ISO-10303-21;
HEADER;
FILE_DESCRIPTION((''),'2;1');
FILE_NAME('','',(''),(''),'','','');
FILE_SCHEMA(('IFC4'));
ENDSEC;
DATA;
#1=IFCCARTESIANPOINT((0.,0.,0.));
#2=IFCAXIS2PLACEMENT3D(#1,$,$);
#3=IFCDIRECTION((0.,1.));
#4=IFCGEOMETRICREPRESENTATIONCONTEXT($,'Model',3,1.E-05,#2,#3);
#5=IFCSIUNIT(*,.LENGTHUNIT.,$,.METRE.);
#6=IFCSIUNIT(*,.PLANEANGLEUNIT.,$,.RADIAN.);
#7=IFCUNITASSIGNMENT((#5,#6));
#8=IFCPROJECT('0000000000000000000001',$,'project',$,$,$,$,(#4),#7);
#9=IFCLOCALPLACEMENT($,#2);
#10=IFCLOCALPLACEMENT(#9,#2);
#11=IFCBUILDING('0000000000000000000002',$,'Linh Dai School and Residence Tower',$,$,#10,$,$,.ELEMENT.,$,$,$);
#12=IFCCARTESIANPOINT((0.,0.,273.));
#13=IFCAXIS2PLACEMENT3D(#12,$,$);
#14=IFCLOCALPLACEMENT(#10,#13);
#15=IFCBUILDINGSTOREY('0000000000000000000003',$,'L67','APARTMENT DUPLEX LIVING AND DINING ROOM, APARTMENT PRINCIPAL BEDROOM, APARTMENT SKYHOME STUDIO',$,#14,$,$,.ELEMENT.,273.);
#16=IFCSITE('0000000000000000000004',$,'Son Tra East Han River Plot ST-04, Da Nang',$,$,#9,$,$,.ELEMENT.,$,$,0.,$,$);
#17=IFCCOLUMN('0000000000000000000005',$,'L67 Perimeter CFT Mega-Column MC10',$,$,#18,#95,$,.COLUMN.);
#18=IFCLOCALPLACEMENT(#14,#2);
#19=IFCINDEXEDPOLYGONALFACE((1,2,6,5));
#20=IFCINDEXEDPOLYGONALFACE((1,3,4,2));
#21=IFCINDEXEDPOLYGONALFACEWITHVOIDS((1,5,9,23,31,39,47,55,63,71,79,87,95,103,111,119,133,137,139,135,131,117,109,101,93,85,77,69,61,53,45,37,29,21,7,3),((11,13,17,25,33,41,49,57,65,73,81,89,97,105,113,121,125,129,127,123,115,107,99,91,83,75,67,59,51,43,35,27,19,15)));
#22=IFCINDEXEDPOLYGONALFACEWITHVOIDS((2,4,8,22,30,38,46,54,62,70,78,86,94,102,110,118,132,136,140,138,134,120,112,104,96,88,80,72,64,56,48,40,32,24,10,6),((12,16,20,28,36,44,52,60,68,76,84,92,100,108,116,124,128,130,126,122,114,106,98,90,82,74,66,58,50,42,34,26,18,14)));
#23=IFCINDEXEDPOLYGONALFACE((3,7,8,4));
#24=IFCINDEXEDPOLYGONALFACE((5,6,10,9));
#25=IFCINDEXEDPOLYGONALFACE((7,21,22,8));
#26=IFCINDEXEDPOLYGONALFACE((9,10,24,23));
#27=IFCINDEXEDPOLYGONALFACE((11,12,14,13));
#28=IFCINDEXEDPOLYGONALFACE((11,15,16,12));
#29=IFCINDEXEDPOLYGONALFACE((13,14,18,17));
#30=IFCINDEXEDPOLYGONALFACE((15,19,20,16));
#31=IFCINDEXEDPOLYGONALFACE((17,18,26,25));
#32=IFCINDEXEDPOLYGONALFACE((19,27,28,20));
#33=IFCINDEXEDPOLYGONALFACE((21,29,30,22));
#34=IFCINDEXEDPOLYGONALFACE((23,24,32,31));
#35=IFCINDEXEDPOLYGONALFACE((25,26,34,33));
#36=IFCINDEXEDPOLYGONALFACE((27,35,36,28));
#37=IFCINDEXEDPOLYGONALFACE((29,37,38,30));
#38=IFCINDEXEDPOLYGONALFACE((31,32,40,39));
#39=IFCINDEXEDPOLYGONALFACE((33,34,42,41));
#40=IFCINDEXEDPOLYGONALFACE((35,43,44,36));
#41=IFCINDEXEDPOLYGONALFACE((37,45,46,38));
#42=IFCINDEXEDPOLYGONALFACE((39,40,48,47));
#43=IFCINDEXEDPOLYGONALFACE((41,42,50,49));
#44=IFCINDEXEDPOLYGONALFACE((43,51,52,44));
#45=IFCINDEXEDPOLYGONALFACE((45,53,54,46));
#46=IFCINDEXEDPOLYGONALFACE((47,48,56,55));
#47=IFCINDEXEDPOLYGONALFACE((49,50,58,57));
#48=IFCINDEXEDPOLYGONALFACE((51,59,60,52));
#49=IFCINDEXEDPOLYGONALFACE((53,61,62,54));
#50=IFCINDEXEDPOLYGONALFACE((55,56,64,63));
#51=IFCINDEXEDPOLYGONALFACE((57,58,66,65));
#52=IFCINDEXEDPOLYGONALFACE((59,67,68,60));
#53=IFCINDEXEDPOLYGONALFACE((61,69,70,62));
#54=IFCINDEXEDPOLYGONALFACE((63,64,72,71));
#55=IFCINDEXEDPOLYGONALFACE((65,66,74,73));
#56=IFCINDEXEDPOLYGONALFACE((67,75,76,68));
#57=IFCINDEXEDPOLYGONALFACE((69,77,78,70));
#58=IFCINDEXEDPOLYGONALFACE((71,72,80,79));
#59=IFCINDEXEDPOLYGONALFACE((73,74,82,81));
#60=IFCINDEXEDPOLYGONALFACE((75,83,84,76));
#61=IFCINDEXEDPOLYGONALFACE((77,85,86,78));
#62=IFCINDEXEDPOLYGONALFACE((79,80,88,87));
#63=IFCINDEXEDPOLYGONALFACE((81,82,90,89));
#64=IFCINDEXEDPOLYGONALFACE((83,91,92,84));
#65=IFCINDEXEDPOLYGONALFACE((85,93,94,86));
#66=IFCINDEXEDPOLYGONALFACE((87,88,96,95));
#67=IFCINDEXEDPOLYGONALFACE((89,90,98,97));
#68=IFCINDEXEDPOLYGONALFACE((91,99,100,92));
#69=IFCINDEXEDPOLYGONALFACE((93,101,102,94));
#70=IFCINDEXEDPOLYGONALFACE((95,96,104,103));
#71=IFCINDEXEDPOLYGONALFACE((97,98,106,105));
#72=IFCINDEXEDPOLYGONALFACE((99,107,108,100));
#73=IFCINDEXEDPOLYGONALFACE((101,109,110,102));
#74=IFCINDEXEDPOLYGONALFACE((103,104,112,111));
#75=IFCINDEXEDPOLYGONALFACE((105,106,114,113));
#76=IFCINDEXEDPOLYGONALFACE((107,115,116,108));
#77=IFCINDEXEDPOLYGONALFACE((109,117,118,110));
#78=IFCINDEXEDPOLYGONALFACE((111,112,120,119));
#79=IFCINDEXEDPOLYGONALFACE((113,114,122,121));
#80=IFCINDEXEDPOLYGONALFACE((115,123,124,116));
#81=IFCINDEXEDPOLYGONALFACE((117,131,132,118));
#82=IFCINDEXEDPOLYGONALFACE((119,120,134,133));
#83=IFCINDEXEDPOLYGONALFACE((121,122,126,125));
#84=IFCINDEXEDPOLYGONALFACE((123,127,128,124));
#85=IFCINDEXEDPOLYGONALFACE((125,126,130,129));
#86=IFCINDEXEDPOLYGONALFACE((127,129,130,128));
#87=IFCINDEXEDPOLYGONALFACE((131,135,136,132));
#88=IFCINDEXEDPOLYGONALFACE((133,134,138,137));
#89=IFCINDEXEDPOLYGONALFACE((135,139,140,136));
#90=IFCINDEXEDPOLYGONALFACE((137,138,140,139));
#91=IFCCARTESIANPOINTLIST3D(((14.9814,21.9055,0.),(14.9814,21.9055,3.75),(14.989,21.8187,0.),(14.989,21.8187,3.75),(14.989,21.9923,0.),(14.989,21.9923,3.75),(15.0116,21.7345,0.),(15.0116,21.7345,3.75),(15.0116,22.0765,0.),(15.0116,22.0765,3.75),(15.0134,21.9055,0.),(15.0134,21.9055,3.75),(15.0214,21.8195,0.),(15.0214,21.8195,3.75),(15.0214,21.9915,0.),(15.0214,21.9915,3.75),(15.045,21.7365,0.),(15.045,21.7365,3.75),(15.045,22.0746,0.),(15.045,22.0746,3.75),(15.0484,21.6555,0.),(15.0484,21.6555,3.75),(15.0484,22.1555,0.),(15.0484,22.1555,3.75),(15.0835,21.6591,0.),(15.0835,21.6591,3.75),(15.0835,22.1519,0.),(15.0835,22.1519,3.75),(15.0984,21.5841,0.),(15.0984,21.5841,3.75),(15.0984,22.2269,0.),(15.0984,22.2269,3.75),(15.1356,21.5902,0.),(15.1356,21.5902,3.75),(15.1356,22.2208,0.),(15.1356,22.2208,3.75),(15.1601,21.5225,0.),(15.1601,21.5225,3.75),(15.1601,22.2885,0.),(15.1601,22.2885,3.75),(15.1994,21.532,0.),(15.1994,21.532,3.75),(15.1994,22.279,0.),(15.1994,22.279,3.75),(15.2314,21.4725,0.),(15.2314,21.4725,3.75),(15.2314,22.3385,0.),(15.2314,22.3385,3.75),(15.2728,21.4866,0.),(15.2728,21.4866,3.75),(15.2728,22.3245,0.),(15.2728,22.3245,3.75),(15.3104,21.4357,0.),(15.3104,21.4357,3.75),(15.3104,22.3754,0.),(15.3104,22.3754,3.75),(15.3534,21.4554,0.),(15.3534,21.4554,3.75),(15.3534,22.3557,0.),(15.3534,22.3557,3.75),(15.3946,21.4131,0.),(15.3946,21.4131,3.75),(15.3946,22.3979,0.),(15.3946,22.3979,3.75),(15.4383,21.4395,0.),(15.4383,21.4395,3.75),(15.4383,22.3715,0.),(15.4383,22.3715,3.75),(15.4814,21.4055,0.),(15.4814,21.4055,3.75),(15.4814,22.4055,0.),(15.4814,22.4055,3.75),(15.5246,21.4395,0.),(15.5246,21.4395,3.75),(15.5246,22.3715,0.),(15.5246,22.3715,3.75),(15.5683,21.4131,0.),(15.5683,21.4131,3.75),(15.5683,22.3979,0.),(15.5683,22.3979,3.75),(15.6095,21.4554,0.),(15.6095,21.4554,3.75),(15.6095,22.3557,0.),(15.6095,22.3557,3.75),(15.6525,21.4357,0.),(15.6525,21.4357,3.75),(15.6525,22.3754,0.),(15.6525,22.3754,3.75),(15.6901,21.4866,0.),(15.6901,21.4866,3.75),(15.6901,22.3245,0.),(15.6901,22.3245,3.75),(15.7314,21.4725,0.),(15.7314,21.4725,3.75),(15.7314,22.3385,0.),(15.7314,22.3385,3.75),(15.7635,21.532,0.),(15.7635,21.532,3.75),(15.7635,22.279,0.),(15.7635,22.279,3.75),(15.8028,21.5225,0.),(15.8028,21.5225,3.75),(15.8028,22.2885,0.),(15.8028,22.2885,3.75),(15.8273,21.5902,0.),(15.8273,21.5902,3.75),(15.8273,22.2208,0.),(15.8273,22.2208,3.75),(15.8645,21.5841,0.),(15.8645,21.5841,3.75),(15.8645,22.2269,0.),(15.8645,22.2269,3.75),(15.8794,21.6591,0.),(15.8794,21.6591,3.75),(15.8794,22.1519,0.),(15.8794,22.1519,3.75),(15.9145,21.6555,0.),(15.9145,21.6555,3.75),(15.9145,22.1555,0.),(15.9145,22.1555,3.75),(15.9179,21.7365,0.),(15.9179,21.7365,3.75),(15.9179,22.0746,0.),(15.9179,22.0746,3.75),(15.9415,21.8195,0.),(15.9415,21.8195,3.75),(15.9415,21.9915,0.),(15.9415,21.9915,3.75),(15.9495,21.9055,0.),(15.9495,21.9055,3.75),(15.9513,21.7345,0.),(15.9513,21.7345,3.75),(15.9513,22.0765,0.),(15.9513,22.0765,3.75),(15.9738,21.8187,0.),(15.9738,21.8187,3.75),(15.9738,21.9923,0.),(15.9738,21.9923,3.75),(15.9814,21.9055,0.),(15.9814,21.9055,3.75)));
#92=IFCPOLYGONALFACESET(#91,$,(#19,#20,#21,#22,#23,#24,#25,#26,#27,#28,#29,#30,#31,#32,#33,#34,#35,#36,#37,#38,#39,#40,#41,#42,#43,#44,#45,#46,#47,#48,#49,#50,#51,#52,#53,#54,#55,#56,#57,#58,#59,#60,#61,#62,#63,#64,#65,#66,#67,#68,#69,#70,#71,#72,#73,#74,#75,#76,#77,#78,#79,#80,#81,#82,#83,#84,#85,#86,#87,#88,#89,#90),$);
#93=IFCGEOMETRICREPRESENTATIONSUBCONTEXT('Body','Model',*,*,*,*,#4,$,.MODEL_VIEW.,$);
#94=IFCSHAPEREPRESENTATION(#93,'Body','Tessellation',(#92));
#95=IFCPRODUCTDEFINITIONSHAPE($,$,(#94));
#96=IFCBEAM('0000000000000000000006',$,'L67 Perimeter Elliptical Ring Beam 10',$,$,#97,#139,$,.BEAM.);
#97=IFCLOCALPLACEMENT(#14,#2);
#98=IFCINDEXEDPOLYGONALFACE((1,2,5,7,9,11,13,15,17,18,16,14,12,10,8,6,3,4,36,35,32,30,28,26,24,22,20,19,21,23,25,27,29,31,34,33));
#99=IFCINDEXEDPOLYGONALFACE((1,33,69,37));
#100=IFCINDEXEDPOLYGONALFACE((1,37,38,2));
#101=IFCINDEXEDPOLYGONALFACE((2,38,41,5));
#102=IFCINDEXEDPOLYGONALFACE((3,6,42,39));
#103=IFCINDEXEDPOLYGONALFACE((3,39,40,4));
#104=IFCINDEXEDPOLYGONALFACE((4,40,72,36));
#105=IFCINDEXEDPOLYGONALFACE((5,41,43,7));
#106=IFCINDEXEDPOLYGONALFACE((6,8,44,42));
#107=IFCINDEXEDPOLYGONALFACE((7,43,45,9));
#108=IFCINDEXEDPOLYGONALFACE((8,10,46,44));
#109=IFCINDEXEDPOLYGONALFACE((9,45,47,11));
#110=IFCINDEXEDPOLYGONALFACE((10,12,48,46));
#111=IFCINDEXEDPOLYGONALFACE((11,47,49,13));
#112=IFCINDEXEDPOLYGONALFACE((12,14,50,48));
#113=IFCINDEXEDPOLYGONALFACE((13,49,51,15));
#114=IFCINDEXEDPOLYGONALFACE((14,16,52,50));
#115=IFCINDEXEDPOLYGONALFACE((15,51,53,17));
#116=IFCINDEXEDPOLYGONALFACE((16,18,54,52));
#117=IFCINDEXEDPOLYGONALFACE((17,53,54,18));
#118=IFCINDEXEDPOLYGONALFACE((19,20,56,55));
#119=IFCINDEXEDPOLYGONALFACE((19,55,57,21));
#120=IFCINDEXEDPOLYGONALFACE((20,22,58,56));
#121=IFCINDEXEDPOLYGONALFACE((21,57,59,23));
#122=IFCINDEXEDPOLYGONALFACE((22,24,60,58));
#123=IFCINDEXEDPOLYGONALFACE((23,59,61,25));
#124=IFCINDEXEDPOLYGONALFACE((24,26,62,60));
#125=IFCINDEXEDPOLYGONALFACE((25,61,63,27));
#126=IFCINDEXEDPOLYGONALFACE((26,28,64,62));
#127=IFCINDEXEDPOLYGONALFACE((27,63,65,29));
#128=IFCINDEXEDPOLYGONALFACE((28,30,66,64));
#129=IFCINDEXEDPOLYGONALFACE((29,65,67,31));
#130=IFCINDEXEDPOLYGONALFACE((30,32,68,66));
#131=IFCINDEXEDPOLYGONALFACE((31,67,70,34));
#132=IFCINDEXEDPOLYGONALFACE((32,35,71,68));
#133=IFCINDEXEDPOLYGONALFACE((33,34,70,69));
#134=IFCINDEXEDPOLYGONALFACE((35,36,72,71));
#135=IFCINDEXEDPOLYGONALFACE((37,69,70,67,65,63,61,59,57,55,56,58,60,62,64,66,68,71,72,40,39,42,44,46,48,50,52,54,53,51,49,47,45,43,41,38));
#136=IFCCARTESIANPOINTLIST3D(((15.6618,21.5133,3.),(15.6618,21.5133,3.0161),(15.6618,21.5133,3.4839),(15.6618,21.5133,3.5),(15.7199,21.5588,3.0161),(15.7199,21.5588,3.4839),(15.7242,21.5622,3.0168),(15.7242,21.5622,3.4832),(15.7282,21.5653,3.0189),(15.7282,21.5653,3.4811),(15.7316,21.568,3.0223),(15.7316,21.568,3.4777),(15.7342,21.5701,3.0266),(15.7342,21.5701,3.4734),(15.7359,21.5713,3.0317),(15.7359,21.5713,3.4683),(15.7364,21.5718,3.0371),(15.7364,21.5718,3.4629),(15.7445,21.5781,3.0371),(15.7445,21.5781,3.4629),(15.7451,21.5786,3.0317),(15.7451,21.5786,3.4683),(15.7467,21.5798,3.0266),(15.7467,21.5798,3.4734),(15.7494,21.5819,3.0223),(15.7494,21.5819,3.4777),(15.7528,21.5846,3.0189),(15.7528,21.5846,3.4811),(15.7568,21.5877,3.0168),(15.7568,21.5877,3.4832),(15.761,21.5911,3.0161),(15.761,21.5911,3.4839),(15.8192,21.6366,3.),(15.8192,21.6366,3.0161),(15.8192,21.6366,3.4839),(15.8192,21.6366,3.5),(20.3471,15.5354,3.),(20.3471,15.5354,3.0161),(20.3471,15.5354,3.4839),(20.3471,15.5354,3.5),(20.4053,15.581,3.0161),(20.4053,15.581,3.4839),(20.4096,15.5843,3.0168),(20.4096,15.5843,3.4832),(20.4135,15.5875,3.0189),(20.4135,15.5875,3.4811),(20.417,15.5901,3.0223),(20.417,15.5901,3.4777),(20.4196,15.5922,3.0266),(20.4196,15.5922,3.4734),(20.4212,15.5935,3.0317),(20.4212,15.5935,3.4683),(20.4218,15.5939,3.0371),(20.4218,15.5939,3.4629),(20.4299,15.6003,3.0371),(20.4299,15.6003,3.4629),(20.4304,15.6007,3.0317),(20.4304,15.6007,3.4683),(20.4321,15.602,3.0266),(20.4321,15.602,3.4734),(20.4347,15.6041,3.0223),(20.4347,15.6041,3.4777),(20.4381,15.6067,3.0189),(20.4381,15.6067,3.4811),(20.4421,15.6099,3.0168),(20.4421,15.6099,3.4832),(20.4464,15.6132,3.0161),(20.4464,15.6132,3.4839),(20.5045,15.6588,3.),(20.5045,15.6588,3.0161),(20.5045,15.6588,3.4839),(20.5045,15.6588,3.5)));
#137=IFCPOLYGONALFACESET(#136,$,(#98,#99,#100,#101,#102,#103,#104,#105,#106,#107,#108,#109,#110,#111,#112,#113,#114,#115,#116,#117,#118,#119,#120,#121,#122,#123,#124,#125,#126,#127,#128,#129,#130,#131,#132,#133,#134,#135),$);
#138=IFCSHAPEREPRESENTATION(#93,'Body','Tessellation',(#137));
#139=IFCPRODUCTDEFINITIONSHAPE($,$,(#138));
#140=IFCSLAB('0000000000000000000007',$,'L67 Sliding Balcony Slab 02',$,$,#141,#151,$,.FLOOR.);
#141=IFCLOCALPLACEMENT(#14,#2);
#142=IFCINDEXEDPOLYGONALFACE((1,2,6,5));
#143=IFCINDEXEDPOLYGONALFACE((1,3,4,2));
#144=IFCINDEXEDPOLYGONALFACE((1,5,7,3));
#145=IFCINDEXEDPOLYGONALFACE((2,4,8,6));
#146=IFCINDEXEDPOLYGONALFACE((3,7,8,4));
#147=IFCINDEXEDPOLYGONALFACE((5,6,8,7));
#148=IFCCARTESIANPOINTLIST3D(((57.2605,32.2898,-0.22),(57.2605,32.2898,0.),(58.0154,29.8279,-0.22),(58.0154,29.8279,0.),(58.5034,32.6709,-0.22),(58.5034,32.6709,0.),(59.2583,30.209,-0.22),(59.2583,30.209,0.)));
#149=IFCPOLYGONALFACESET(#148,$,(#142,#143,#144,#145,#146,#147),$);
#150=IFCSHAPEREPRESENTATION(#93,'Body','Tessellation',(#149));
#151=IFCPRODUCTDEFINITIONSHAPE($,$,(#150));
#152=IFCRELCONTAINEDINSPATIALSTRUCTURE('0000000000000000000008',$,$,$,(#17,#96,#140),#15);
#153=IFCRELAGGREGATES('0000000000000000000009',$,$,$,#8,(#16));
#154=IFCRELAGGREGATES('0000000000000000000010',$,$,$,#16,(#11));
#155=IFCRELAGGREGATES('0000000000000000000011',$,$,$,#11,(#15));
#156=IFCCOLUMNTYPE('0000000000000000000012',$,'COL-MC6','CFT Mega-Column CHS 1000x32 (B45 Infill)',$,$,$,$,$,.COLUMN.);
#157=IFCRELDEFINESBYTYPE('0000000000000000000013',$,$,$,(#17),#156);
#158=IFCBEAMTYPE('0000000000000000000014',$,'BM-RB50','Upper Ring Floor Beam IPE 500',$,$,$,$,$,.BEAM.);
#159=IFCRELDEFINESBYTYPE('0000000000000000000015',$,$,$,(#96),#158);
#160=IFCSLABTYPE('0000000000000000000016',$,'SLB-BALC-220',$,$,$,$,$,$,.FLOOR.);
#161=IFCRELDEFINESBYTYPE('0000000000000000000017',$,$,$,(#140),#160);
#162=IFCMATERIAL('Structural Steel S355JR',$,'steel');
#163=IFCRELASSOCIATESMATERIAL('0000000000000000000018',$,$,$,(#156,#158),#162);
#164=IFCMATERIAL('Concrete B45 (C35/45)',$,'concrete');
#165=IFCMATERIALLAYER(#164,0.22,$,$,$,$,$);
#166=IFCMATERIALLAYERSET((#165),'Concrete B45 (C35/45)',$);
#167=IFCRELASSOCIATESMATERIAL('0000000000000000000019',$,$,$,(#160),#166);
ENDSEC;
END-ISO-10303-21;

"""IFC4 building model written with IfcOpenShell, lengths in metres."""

from ifc_helpers import new_model, si_unit, direction, frame, origin, origin_2d, place, context, subcontext, project, spatial, polyline, hollow_circle, i_section, outline, extrude, material, layer, layer_set, material_profile, profile_set, type_object, element, save


model = new_model("IFC4")

# Units and contexts
model_context = context("Model", 3, precision=1e-05, world=origin(), true_north=direction((0.0, 1.0)))
body_context = subcontext(model_context, "Body", "Model", "MODEL_VIEW")
ifc_project = project(units=[si_unit("LENGTHUNIT", "METRE"), si_unit("PLANEANGLEUNIT", "RADIAN")], contexts=[model_context])

# Site, building, storey
site_placement = place(None, origin())
site = spatial("IfcSite", under=ifc_project, at=site_placement, Name="Son Tra East Han River Plot ST-04, Da Nang", CompositionType="ELEMENT", RefElevation=0.0)
building_placement = place(site_placement, origin())
building = spatial("IfcBuilding", under=site, at=building_placement, Name="Linh Dai School and Residence Tower", CompositionType="ELEMENT")
storey_placement = place(building_placement, frame((0.0, 0.0, 273.0)))
storey = spatial("IfcBuildingStorey", under=building, at=storey_placement, Name="L67", Description="APARTMENT DUPLEX LIVING AND DINING ROOM, APARTMENT PRINCIPAL BEDROOM, APARTMENT SKYHOME STUDIO", CompositionType="ELEMENT", Elevation=273.0)

# Column
ifc_material_1 = material(Name="Structural Steel S355JR", Category="steel")
ifc_material_profile_1 = material_profile(ifc_material_1, hollow_circle(Radius=0.5, WallThickness=0.032, at=origin_2d()), Name="CHS 1000x32")
ifc_profile_set_1 = profile_set([ifc_material_profile_1], Name="Structural Steel S355JR")
column_type = type_object("IfcColumnType", Name="COL-MC6", Description="CFT Mega-Column CHS 1000x32 (B45 Infill)", PredefinedType="COLUMN", material=ifc_profile_set_1)
column_placement = place(storey_placement, frame((15.4814, 21.9055, 0.0), z_axis=(0.0, 0.0, 1.0), x_axis=(1.0, 0.0, 0.0)))
element("IfcColumn", 1, at=column_placement, inside=storey, type_object=column_type, Name="L67 Perimeter CFT Mega-Column MC10", PredefinedType="COLUMN", context=body_context, shape_type="SweptSolid", body=[
    extrude(hollow_circle(Radius=0.5, WallThickness=0.032, at=origin_2d()), origin(), (0.0, 0.0, 1.0), 3.75),
])

# Beam
ifc_material_profile_2 = material_profile(ifc_material_1, i_section(OverallWidth=0.2, OverallDepth=0.5, WebThickness=0.0103, FlangeThickness=0.0161, FilletRadius=0.021, at=origin_2d()), Name="IPE 500")
ifc_profile_set_2 = profile_set([ifc_material_profile_2], Name="Structural Steel S355JR")
beam_type = type_object("IfcBeamType", Name="BM-RB50", Description="Upper Ring Floor Beam IPE 500", PredefinedType="BEAM", material=ifc_profile_set_2)
beam_placement = place(storey_placement, frame((15.7405, 21.575, 3.25), z_axis=(0.616883, -0.787055, 0.0), x_axis=(0.787055, 0.616883, 0.0)))
element("IfcBeam", 2, at=beam_placement, inside=storey, type_object=beam_type, Name="L67 Perimeter Elliptical Ring Beam 10", PredefinedType="BEAM", context=body_context, shape_type="SweptSolid", body=[
    extrude(i_section(OverallWidth=0.2, OverallDepth=0.5, WebThickness=0.0103, FlangeThickness=0.0161, FilletRadius=0.021, at=origin_2d()), origin(), (0.0, 0.0, 1.0), 7.5952),
])

# Slab
ifc_material_2 = material(Name="Concrete B45 (C35/45)", Category="concrete")
ifc_layer_1 = layer(ifc_material_2, 0.22)
ifc_layer_set_1 = layer_set([ifc_layer_1], Name="Concrete B45 (C35/45)")
slab_type_1 = type_object("IfcSlabType", Name="SLB-BALC-220", PredefinedType="FLOOR", material=ifc_layer_set_1)
slab_1_placement = place(storey_placement, frame((0.0, 0.0, -0.22)))
element("IfcSlab", 3, at=slab_1_placement, inside=storey, type_object=slab_type_1, Name="L67 Sliding Balcony Slab 02", PredefinedType="FLOOR", context=body_context, shape_type="SweptSolid", body=[
    extrude(outline(polyline([(57.2605, 32.2898), (58.0154, 29.8279), (59.2583, 30.209), (58.5034, 32.6709), (57.2605, 32.2898)])), origin(), (0.0, 0.0, 1.0), 0.22),
])

save(model, "model.ifc")
